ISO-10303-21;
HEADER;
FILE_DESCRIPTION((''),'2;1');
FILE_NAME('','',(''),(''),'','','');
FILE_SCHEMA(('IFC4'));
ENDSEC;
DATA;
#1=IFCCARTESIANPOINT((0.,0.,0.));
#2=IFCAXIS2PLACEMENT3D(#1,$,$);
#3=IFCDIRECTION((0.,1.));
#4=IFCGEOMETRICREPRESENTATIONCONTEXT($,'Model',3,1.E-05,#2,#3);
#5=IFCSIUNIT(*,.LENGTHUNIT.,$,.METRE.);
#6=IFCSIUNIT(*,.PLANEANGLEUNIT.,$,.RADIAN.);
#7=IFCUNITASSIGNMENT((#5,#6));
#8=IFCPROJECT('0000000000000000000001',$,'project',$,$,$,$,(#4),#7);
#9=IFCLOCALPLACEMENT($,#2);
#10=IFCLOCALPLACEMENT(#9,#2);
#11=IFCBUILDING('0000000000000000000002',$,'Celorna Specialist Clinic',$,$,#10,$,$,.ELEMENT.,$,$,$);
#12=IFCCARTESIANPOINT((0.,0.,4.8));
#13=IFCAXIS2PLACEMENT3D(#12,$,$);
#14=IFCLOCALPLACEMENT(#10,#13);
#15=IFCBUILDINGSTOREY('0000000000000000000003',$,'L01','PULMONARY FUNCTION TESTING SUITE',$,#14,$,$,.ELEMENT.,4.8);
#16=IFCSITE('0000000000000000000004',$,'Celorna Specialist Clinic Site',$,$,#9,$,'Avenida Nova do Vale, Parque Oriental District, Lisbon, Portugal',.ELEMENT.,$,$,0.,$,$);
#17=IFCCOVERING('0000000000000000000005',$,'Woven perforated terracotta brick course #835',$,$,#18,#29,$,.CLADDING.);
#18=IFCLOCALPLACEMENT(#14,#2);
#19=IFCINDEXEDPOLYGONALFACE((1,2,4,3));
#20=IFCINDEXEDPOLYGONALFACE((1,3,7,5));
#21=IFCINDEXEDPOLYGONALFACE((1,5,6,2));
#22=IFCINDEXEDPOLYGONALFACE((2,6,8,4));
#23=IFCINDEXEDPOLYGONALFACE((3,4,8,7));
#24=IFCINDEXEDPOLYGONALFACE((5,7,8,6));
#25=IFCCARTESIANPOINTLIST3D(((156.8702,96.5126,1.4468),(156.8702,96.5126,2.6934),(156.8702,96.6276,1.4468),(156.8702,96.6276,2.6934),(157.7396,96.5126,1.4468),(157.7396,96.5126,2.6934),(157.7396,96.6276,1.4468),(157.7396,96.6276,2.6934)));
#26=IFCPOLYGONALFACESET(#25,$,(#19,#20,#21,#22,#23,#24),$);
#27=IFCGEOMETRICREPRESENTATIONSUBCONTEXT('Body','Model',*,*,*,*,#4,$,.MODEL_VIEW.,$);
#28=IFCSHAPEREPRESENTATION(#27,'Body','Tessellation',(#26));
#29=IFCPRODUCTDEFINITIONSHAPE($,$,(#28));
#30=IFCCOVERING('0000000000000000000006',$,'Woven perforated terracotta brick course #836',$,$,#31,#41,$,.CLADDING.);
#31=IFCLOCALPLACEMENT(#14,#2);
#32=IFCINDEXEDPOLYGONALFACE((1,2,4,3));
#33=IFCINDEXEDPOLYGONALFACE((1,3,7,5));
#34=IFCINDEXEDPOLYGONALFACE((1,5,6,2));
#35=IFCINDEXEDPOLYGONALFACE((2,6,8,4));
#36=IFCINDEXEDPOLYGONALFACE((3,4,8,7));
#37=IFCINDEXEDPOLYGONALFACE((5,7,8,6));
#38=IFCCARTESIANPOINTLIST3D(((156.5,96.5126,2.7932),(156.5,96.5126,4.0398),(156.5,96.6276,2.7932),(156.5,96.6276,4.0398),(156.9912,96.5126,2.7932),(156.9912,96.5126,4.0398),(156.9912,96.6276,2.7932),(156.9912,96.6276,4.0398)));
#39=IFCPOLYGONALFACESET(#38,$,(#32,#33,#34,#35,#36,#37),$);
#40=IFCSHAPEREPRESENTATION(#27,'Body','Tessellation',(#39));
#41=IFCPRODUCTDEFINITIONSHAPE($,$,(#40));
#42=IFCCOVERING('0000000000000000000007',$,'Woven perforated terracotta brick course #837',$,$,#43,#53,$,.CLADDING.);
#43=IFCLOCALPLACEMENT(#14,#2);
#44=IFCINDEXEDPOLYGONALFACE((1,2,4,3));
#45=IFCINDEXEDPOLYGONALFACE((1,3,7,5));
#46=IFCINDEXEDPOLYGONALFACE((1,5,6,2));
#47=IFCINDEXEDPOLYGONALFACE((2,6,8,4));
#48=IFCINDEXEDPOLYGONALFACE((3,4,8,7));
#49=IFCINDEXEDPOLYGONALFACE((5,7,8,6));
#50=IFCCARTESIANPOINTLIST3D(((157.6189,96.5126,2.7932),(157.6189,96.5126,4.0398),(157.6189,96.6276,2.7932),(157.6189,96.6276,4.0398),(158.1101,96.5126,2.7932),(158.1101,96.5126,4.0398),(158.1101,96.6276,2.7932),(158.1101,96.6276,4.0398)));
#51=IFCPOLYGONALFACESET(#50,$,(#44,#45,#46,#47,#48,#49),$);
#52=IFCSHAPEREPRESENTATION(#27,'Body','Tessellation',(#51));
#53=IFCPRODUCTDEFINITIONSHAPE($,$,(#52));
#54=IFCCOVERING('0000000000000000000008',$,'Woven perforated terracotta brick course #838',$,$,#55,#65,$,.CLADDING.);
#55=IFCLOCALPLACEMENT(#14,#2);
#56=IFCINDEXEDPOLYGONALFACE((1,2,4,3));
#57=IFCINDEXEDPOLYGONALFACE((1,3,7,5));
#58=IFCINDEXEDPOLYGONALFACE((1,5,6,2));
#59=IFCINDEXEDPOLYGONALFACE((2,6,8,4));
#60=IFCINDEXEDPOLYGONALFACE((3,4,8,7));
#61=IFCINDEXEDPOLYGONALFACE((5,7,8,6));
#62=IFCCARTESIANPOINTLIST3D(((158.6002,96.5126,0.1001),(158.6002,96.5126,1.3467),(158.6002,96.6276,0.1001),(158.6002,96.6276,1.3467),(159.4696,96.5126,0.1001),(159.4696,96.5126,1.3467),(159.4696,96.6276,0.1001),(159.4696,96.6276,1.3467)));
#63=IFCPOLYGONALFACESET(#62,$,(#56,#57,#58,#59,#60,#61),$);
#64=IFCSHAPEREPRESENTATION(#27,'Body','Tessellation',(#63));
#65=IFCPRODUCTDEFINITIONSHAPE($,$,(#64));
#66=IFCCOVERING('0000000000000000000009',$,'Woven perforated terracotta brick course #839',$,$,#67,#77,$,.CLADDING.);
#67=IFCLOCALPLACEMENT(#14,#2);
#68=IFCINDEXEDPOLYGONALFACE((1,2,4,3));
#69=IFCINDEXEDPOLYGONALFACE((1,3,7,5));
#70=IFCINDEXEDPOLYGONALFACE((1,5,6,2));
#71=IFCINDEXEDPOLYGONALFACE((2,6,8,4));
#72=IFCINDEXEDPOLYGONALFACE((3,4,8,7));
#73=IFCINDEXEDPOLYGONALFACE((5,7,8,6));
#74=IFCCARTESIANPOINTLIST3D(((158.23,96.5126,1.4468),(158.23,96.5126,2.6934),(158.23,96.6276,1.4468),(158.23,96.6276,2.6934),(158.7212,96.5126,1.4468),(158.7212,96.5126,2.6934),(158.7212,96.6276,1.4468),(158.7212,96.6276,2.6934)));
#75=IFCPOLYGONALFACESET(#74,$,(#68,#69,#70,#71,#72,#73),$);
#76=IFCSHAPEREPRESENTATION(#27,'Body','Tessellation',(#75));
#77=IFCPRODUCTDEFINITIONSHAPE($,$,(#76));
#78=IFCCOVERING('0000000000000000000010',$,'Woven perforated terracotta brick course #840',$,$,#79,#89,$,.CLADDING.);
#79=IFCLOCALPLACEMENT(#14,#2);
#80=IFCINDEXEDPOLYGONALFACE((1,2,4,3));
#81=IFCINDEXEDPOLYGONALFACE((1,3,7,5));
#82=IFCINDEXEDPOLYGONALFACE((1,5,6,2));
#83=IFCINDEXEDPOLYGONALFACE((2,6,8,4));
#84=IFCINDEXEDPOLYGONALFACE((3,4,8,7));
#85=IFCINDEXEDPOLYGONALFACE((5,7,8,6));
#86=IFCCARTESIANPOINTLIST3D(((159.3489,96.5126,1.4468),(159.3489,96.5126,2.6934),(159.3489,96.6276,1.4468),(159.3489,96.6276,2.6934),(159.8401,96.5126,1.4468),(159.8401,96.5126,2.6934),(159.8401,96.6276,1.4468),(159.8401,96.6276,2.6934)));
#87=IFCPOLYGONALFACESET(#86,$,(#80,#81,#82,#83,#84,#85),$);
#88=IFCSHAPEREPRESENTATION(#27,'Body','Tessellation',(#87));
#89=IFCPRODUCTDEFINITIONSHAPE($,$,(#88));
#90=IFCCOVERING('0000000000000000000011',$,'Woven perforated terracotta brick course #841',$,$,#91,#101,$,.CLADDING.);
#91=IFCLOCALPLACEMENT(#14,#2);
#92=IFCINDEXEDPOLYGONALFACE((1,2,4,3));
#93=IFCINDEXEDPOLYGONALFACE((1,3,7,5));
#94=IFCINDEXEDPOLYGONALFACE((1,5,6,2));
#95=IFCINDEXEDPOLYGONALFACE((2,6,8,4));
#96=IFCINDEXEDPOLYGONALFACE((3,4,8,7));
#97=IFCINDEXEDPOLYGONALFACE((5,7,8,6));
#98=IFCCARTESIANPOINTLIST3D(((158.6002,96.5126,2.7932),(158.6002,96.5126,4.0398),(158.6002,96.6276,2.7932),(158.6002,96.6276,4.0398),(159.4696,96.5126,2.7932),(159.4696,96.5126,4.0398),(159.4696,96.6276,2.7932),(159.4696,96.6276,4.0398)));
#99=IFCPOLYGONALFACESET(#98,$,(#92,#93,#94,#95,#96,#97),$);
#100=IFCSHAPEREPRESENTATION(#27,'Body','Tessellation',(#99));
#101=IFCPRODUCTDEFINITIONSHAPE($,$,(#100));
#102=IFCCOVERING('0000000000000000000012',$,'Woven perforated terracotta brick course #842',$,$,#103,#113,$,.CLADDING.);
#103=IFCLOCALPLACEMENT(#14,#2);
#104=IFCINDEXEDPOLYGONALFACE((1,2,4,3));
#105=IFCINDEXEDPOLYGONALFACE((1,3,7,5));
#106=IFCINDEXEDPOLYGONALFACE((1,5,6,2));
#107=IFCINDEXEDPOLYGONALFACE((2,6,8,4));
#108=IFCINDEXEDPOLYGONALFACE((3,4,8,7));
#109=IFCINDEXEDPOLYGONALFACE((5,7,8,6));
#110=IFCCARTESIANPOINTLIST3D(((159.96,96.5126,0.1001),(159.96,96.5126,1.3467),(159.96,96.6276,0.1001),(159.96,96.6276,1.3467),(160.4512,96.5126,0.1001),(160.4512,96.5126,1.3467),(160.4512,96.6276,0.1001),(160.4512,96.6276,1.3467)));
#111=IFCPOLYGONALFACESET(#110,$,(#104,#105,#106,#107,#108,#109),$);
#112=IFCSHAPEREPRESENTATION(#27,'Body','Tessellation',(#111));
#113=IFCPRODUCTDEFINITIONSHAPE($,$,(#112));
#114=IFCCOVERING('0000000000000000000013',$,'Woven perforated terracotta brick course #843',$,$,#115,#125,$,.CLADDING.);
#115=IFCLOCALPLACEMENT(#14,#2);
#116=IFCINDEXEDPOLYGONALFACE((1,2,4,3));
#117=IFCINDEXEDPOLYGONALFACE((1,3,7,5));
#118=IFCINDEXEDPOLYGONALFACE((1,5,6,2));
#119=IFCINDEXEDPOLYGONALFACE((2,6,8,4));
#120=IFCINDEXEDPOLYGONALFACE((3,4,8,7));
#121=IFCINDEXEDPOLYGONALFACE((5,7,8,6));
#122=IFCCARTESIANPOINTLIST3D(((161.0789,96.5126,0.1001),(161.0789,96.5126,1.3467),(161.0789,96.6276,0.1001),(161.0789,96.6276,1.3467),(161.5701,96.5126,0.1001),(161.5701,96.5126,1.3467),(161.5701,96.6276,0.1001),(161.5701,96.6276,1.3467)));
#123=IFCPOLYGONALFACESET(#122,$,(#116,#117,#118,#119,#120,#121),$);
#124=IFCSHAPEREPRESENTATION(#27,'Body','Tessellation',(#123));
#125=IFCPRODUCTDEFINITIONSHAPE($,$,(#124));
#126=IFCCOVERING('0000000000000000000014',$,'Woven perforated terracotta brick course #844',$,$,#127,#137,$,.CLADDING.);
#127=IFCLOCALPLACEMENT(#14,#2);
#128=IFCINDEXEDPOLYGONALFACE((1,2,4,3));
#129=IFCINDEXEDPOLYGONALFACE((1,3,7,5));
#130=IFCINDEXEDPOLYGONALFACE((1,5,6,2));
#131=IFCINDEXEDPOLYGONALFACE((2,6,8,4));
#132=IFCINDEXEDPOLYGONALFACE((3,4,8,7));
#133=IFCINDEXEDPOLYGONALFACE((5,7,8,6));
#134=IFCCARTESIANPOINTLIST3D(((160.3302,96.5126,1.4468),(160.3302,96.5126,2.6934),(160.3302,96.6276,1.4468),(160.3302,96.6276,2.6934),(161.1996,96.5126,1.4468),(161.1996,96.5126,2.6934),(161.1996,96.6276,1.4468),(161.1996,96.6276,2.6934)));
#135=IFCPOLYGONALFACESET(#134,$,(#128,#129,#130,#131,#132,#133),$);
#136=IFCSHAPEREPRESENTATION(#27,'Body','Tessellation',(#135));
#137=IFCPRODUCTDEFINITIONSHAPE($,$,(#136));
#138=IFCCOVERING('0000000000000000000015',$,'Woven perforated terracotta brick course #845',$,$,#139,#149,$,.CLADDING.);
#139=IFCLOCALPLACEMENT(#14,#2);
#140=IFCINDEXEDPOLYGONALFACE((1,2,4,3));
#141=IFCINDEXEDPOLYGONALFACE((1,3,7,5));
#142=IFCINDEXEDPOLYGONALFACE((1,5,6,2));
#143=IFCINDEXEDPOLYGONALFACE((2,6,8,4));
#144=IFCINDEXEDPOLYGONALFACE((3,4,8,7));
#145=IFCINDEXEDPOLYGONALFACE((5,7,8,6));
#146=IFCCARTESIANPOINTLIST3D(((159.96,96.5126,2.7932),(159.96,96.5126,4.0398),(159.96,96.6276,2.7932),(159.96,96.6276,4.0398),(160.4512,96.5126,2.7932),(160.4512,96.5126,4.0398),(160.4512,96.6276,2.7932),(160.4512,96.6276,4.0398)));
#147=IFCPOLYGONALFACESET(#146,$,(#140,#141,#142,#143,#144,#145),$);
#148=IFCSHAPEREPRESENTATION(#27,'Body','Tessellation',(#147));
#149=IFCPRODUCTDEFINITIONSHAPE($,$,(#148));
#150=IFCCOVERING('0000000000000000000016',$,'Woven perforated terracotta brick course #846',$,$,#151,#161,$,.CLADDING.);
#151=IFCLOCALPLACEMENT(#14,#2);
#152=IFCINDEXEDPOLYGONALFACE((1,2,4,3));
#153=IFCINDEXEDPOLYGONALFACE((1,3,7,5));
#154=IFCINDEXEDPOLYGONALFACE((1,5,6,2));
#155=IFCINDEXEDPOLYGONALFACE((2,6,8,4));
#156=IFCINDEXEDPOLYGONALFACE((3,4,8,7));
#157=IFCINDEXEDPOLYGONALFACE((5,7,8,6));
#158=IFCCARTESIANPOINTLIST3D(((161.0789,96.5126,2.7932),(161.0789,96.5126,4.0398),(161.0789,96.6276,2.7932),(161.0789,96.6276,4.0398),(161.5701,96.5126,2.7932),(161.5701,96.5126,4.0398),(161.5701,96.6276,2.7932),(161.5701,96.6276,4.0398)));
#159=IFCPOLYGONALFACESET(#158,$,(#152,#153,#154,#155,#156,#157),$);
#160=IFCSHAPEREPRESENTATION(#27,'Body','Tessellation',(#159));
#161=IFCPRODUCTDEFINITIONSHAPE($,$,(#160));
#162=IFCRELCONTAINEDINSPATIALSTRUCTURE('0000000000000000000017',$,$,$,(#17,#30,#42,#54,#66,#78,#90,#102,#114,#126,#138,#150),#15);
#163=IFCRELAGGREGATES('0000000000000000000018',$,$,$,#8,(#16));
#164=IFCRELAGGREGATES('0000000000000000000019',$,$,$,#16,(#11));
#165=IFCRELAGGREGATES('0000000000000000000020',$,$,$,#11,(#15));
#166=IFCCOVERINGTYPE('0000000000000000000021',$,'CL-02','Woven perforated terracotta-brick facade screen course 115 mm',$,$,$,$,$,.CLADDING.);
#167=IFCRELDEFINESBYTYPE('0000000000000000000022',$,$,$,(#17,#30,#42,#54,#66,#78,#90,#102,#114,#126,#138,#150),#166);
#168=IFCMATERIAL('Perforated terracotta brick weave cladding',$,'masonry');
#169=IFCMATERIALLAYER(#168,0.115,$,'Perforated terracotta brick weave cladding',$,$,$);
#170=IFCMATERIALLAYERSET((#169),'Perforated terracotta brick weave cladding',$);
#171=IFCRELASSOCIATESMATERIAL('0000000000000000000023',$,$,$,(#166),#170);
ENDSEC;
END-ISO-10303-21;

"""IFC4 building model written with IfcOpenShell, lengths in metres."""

from ifc_helpers import new_model, si_unit, direction, frame, origin, origin_2d, place, context, subcontext, project, spatial, rectangle, extrude, material, layer, layer_set, type_object, element, save


model = new_model("IFC4")

# Units and contexts
model_context = context("Model", 3, precision=1e-05, world=origin(), true_north=direction((0.0, 1.0)))
body_context = subcontext(model_context, "Body", "Model", "MODEL_VIEW")
ifc_project = project(units=[si_unit("LENGTHUNIT", "METRE"), si_unit("PLANEANGLEUNIT", "RADIAN")], contexts=[model_context])

# Site, building, storey
site_placement = place(None, origin())
site = spatial("IfcSite", under=ifc_project, at=site_placement, Name="Celorna Specialist Clinic Site", LongName="Avenida Nova do Vale, Parque Oriental District, Lisbon, Portugal", CompositionType="ELEMENT", RefElevation=0.0)
building_placement = place(site_placement, origin())
building = spatial("IfcBuilding", under=site, at=building_placement, Name="Celorna Specialist Clinic", CompositionType="ELEMENT")
storey_placement = place(building_placement, frame((0.0, 0.0, 4.8)))
storey = spatial("IfcBuildingStorey", under=building, at=storey_placement, Name="L01", Description="PULMONARY FUNCTION TESTING SUITE", CompositionType="ELEMENT", Elevation=4.8)

# Coverings
ifc_material_1 = material(Name="Perforated terracotta brick weave cladding", Category="masonry")
ifc_layer_1 = layer(ifc_material_1, 0.115, Name="Perforated terracotta brick weave cladding")
ifc_layer_set_1 = layer_set([ifc_layer_1], Name="Perforated terracotta brick weave cladding")
covering_type = type_object("IfcCoveringType", Name="CL-02", Description="Woven perforated terracotta-brick facade screen course 115 mm", PredefinedType="CLADDING", material=ifc_layer_set_1)
covering_1_placement = place(storey_placement, frame((157.3049, 96.5701, 1.4468), z_axis=(0.0, 0.0, 1.0), x_axis=(1.0, 0.0, 0.0)))
element("IfcCovering", 1, at=covering_1_placement, inside=storey, type_object=covering_type, Name="Woven perforated terracotta brick course #835", PredefinedType="CLADDING", context=body_context, shape_type="SweptSolid", body=[
    extrude(rectangle(XDim=0.8694, YDim=0.115, at=origin_2d()), origin(), (0.0, 0.0, 1.0), 1.2466),
])
for number, where, z_axis, x_axis, name in (
    (2, (156.7456, 96.5701, 2.7932), (0.0, 0.0, 1.0), (1.0, 0.0, 0.0), "Woven perforated terracotta brick course #836"),
    (3, (157.8645, 96.5701, 2.7932), (0.0, 0.0, 1.0), (1.0, 0.0, 0.0), "Woven perforated terracotta brick course #837"),
):
    element("IfcCovering", number, at=place(storey_placement, frame(where, z_axis=z_axis, x_axis=x_axis)), inside=storey, type_object=covering_type, Name=name, PredefinedType="CLADDING", context=body_context, shape_type="SweptSolid", body=[
        extrude(rectangle(XDim=0.4912, YDim=0.115, at=origin_2d()), origin(), (0.0, 0.0, 1.0), 1.2466),
    ])
covering_2_placement = place(storey_placement, frame((159.0349, 96.5701, 0.1001), z_axis=(0.0, 0.0, 1.0), x_axis=(1.0, 0.0, 0.0)))
element("IfcCovering", 4, at=covering_2_placement, inside=storey, type_object=covering_type, Name="Woven perforated terracotta brick course #838", PredefinedType="CLADDING", context=body_context, shape_type="SweptSolid", body=[
    extrude(rectangle(XDim=0.8694, YDim=0.115, at=origin_2d()), origin(), (0.0, 0.0, 1.0), 1.2466),
])
for number, where, z_axis, x_axis, name in (
    (5, (158.4756, 96.5701, 1.4468), (0.0, 0.0, 1.0), (1.0, 0.0, 0.0), "Woven perforated terracotta brick course #839"),
    (6, (159.5945, 96.5701, 1.4468), (0.0, 0.0, 1.0), (1.0, 0.0, 0.0), "Woven perforated terracotta brick course #840"),
):
    element("IfcCovering", number, at=place(storey_placement, frame(where, z_axis=z_axis, x_axis=x_axis)), inside=storey, type_object=covering_type, Name=name, PredefinedType="CLADDING", context=body_context, shape_type="SweptSolid", body=[
        extrude(rectangle(XDim=0.4912, YDim=0.115, at=origin_2d()), origin(), (0.0, 0.0, 1.0), 1.2466),
    ])
covering_3_placement = place(storey_placement, frame((159.0349, 96.5701, 2.7932), z_axis=(0.0, 0.0, 1.0), x_axis=(1.0, 0.0, 0.0)))
element("IfcCovering", 7, at=covering_3_placement, inside=storey, type_object=covering_type, Name="Woven perforated terracotta brick course #841", PredefinedType="CLADDING", context=body_context, shape_type="SweptSolid", body=[
    extrude(rectangle(XDim=0.8694, YDim=0.115, at=origin_2d()), origin(), (0.0, 0.0, 1.0), 1.2466),
])
for number, where, z_axis, x_axis, name in (
    (8, (160.2056, 96.5701, 0.1001), (0.0, 0.0, 1.0), (1.0, 0.0, 0.0), "Woven perforated terracotta brick course #842"),
    (9, (161.3245, 96.5701, 0.1001), (0.0, 0.0, 1.0), (1.0, 0.0, 0.0), "Woven perforated terracotta brick course #843"),
):
    element("IfcCovering", number, at=place(storey_placement, frame(where, z_axis=z_axis, x_axis=x_axis)), inside=storey, type_object=covering_type, Name=name, PredefinedType="CLADDING", context=body_context, shape_type="SweptSolid", body=[
        extrude(rectangle(XDim=0.4912, YDim=0.115, at=origin_2d()), origin(), (0.0, 0.0, 1.0), 1.2466),
    ])
covering_4_placement = place(storey_placement, frame((160.7649, 96.5701, 1.4468), z_axis=(0.0, 0.0, 1.0), x_axis=(1.0, 0.0, 0.0)))
element("IfcCovering", 10, at=covering_4_placement, inside=storey, type_object=covering_type, Name="Woven perforated terracotta brick course #844", PredefinedType="CLADDING", context=body_context, shape_type="SweptSolid", body=[
    extrude(rectangle(XDim=0.8694, YDim=0.115, at=origin_2d()), origin(), (0.0, 0.0, 1.0), 1.2466),
])
for number, where, z_axis, x_axis, name in (
    (11, (160.2056, 96.5701, 2.7932), (0.0, 0.0, 1.0), (1.0, 0.0, 0.0), "Woven perforated terracotta brick course #845"),
    (12, (161.3245, 96.5701, 2.7932), (0.0, 0.0, 1.0), (1.0, 0.0, 0.0), "Woven perforated terracotta brick course #846"),
):
    element("IfcCovering", number, at=place(storey_placement, frame(where, z_axis=z_axis, x_axis=x_axis)), inside=storey, type_object=covering_type, Name=name, PredefinedType="CLADDING", context=body_context, shape_type="SweptSolid", body=[
        extrude(rectangle(XDim=0.4912, YDim=0.115, at=origin_2d()), origin(), (0.0, 0.0, 1.0), 1.2466),
    ])

save(model, "model.ifc")
